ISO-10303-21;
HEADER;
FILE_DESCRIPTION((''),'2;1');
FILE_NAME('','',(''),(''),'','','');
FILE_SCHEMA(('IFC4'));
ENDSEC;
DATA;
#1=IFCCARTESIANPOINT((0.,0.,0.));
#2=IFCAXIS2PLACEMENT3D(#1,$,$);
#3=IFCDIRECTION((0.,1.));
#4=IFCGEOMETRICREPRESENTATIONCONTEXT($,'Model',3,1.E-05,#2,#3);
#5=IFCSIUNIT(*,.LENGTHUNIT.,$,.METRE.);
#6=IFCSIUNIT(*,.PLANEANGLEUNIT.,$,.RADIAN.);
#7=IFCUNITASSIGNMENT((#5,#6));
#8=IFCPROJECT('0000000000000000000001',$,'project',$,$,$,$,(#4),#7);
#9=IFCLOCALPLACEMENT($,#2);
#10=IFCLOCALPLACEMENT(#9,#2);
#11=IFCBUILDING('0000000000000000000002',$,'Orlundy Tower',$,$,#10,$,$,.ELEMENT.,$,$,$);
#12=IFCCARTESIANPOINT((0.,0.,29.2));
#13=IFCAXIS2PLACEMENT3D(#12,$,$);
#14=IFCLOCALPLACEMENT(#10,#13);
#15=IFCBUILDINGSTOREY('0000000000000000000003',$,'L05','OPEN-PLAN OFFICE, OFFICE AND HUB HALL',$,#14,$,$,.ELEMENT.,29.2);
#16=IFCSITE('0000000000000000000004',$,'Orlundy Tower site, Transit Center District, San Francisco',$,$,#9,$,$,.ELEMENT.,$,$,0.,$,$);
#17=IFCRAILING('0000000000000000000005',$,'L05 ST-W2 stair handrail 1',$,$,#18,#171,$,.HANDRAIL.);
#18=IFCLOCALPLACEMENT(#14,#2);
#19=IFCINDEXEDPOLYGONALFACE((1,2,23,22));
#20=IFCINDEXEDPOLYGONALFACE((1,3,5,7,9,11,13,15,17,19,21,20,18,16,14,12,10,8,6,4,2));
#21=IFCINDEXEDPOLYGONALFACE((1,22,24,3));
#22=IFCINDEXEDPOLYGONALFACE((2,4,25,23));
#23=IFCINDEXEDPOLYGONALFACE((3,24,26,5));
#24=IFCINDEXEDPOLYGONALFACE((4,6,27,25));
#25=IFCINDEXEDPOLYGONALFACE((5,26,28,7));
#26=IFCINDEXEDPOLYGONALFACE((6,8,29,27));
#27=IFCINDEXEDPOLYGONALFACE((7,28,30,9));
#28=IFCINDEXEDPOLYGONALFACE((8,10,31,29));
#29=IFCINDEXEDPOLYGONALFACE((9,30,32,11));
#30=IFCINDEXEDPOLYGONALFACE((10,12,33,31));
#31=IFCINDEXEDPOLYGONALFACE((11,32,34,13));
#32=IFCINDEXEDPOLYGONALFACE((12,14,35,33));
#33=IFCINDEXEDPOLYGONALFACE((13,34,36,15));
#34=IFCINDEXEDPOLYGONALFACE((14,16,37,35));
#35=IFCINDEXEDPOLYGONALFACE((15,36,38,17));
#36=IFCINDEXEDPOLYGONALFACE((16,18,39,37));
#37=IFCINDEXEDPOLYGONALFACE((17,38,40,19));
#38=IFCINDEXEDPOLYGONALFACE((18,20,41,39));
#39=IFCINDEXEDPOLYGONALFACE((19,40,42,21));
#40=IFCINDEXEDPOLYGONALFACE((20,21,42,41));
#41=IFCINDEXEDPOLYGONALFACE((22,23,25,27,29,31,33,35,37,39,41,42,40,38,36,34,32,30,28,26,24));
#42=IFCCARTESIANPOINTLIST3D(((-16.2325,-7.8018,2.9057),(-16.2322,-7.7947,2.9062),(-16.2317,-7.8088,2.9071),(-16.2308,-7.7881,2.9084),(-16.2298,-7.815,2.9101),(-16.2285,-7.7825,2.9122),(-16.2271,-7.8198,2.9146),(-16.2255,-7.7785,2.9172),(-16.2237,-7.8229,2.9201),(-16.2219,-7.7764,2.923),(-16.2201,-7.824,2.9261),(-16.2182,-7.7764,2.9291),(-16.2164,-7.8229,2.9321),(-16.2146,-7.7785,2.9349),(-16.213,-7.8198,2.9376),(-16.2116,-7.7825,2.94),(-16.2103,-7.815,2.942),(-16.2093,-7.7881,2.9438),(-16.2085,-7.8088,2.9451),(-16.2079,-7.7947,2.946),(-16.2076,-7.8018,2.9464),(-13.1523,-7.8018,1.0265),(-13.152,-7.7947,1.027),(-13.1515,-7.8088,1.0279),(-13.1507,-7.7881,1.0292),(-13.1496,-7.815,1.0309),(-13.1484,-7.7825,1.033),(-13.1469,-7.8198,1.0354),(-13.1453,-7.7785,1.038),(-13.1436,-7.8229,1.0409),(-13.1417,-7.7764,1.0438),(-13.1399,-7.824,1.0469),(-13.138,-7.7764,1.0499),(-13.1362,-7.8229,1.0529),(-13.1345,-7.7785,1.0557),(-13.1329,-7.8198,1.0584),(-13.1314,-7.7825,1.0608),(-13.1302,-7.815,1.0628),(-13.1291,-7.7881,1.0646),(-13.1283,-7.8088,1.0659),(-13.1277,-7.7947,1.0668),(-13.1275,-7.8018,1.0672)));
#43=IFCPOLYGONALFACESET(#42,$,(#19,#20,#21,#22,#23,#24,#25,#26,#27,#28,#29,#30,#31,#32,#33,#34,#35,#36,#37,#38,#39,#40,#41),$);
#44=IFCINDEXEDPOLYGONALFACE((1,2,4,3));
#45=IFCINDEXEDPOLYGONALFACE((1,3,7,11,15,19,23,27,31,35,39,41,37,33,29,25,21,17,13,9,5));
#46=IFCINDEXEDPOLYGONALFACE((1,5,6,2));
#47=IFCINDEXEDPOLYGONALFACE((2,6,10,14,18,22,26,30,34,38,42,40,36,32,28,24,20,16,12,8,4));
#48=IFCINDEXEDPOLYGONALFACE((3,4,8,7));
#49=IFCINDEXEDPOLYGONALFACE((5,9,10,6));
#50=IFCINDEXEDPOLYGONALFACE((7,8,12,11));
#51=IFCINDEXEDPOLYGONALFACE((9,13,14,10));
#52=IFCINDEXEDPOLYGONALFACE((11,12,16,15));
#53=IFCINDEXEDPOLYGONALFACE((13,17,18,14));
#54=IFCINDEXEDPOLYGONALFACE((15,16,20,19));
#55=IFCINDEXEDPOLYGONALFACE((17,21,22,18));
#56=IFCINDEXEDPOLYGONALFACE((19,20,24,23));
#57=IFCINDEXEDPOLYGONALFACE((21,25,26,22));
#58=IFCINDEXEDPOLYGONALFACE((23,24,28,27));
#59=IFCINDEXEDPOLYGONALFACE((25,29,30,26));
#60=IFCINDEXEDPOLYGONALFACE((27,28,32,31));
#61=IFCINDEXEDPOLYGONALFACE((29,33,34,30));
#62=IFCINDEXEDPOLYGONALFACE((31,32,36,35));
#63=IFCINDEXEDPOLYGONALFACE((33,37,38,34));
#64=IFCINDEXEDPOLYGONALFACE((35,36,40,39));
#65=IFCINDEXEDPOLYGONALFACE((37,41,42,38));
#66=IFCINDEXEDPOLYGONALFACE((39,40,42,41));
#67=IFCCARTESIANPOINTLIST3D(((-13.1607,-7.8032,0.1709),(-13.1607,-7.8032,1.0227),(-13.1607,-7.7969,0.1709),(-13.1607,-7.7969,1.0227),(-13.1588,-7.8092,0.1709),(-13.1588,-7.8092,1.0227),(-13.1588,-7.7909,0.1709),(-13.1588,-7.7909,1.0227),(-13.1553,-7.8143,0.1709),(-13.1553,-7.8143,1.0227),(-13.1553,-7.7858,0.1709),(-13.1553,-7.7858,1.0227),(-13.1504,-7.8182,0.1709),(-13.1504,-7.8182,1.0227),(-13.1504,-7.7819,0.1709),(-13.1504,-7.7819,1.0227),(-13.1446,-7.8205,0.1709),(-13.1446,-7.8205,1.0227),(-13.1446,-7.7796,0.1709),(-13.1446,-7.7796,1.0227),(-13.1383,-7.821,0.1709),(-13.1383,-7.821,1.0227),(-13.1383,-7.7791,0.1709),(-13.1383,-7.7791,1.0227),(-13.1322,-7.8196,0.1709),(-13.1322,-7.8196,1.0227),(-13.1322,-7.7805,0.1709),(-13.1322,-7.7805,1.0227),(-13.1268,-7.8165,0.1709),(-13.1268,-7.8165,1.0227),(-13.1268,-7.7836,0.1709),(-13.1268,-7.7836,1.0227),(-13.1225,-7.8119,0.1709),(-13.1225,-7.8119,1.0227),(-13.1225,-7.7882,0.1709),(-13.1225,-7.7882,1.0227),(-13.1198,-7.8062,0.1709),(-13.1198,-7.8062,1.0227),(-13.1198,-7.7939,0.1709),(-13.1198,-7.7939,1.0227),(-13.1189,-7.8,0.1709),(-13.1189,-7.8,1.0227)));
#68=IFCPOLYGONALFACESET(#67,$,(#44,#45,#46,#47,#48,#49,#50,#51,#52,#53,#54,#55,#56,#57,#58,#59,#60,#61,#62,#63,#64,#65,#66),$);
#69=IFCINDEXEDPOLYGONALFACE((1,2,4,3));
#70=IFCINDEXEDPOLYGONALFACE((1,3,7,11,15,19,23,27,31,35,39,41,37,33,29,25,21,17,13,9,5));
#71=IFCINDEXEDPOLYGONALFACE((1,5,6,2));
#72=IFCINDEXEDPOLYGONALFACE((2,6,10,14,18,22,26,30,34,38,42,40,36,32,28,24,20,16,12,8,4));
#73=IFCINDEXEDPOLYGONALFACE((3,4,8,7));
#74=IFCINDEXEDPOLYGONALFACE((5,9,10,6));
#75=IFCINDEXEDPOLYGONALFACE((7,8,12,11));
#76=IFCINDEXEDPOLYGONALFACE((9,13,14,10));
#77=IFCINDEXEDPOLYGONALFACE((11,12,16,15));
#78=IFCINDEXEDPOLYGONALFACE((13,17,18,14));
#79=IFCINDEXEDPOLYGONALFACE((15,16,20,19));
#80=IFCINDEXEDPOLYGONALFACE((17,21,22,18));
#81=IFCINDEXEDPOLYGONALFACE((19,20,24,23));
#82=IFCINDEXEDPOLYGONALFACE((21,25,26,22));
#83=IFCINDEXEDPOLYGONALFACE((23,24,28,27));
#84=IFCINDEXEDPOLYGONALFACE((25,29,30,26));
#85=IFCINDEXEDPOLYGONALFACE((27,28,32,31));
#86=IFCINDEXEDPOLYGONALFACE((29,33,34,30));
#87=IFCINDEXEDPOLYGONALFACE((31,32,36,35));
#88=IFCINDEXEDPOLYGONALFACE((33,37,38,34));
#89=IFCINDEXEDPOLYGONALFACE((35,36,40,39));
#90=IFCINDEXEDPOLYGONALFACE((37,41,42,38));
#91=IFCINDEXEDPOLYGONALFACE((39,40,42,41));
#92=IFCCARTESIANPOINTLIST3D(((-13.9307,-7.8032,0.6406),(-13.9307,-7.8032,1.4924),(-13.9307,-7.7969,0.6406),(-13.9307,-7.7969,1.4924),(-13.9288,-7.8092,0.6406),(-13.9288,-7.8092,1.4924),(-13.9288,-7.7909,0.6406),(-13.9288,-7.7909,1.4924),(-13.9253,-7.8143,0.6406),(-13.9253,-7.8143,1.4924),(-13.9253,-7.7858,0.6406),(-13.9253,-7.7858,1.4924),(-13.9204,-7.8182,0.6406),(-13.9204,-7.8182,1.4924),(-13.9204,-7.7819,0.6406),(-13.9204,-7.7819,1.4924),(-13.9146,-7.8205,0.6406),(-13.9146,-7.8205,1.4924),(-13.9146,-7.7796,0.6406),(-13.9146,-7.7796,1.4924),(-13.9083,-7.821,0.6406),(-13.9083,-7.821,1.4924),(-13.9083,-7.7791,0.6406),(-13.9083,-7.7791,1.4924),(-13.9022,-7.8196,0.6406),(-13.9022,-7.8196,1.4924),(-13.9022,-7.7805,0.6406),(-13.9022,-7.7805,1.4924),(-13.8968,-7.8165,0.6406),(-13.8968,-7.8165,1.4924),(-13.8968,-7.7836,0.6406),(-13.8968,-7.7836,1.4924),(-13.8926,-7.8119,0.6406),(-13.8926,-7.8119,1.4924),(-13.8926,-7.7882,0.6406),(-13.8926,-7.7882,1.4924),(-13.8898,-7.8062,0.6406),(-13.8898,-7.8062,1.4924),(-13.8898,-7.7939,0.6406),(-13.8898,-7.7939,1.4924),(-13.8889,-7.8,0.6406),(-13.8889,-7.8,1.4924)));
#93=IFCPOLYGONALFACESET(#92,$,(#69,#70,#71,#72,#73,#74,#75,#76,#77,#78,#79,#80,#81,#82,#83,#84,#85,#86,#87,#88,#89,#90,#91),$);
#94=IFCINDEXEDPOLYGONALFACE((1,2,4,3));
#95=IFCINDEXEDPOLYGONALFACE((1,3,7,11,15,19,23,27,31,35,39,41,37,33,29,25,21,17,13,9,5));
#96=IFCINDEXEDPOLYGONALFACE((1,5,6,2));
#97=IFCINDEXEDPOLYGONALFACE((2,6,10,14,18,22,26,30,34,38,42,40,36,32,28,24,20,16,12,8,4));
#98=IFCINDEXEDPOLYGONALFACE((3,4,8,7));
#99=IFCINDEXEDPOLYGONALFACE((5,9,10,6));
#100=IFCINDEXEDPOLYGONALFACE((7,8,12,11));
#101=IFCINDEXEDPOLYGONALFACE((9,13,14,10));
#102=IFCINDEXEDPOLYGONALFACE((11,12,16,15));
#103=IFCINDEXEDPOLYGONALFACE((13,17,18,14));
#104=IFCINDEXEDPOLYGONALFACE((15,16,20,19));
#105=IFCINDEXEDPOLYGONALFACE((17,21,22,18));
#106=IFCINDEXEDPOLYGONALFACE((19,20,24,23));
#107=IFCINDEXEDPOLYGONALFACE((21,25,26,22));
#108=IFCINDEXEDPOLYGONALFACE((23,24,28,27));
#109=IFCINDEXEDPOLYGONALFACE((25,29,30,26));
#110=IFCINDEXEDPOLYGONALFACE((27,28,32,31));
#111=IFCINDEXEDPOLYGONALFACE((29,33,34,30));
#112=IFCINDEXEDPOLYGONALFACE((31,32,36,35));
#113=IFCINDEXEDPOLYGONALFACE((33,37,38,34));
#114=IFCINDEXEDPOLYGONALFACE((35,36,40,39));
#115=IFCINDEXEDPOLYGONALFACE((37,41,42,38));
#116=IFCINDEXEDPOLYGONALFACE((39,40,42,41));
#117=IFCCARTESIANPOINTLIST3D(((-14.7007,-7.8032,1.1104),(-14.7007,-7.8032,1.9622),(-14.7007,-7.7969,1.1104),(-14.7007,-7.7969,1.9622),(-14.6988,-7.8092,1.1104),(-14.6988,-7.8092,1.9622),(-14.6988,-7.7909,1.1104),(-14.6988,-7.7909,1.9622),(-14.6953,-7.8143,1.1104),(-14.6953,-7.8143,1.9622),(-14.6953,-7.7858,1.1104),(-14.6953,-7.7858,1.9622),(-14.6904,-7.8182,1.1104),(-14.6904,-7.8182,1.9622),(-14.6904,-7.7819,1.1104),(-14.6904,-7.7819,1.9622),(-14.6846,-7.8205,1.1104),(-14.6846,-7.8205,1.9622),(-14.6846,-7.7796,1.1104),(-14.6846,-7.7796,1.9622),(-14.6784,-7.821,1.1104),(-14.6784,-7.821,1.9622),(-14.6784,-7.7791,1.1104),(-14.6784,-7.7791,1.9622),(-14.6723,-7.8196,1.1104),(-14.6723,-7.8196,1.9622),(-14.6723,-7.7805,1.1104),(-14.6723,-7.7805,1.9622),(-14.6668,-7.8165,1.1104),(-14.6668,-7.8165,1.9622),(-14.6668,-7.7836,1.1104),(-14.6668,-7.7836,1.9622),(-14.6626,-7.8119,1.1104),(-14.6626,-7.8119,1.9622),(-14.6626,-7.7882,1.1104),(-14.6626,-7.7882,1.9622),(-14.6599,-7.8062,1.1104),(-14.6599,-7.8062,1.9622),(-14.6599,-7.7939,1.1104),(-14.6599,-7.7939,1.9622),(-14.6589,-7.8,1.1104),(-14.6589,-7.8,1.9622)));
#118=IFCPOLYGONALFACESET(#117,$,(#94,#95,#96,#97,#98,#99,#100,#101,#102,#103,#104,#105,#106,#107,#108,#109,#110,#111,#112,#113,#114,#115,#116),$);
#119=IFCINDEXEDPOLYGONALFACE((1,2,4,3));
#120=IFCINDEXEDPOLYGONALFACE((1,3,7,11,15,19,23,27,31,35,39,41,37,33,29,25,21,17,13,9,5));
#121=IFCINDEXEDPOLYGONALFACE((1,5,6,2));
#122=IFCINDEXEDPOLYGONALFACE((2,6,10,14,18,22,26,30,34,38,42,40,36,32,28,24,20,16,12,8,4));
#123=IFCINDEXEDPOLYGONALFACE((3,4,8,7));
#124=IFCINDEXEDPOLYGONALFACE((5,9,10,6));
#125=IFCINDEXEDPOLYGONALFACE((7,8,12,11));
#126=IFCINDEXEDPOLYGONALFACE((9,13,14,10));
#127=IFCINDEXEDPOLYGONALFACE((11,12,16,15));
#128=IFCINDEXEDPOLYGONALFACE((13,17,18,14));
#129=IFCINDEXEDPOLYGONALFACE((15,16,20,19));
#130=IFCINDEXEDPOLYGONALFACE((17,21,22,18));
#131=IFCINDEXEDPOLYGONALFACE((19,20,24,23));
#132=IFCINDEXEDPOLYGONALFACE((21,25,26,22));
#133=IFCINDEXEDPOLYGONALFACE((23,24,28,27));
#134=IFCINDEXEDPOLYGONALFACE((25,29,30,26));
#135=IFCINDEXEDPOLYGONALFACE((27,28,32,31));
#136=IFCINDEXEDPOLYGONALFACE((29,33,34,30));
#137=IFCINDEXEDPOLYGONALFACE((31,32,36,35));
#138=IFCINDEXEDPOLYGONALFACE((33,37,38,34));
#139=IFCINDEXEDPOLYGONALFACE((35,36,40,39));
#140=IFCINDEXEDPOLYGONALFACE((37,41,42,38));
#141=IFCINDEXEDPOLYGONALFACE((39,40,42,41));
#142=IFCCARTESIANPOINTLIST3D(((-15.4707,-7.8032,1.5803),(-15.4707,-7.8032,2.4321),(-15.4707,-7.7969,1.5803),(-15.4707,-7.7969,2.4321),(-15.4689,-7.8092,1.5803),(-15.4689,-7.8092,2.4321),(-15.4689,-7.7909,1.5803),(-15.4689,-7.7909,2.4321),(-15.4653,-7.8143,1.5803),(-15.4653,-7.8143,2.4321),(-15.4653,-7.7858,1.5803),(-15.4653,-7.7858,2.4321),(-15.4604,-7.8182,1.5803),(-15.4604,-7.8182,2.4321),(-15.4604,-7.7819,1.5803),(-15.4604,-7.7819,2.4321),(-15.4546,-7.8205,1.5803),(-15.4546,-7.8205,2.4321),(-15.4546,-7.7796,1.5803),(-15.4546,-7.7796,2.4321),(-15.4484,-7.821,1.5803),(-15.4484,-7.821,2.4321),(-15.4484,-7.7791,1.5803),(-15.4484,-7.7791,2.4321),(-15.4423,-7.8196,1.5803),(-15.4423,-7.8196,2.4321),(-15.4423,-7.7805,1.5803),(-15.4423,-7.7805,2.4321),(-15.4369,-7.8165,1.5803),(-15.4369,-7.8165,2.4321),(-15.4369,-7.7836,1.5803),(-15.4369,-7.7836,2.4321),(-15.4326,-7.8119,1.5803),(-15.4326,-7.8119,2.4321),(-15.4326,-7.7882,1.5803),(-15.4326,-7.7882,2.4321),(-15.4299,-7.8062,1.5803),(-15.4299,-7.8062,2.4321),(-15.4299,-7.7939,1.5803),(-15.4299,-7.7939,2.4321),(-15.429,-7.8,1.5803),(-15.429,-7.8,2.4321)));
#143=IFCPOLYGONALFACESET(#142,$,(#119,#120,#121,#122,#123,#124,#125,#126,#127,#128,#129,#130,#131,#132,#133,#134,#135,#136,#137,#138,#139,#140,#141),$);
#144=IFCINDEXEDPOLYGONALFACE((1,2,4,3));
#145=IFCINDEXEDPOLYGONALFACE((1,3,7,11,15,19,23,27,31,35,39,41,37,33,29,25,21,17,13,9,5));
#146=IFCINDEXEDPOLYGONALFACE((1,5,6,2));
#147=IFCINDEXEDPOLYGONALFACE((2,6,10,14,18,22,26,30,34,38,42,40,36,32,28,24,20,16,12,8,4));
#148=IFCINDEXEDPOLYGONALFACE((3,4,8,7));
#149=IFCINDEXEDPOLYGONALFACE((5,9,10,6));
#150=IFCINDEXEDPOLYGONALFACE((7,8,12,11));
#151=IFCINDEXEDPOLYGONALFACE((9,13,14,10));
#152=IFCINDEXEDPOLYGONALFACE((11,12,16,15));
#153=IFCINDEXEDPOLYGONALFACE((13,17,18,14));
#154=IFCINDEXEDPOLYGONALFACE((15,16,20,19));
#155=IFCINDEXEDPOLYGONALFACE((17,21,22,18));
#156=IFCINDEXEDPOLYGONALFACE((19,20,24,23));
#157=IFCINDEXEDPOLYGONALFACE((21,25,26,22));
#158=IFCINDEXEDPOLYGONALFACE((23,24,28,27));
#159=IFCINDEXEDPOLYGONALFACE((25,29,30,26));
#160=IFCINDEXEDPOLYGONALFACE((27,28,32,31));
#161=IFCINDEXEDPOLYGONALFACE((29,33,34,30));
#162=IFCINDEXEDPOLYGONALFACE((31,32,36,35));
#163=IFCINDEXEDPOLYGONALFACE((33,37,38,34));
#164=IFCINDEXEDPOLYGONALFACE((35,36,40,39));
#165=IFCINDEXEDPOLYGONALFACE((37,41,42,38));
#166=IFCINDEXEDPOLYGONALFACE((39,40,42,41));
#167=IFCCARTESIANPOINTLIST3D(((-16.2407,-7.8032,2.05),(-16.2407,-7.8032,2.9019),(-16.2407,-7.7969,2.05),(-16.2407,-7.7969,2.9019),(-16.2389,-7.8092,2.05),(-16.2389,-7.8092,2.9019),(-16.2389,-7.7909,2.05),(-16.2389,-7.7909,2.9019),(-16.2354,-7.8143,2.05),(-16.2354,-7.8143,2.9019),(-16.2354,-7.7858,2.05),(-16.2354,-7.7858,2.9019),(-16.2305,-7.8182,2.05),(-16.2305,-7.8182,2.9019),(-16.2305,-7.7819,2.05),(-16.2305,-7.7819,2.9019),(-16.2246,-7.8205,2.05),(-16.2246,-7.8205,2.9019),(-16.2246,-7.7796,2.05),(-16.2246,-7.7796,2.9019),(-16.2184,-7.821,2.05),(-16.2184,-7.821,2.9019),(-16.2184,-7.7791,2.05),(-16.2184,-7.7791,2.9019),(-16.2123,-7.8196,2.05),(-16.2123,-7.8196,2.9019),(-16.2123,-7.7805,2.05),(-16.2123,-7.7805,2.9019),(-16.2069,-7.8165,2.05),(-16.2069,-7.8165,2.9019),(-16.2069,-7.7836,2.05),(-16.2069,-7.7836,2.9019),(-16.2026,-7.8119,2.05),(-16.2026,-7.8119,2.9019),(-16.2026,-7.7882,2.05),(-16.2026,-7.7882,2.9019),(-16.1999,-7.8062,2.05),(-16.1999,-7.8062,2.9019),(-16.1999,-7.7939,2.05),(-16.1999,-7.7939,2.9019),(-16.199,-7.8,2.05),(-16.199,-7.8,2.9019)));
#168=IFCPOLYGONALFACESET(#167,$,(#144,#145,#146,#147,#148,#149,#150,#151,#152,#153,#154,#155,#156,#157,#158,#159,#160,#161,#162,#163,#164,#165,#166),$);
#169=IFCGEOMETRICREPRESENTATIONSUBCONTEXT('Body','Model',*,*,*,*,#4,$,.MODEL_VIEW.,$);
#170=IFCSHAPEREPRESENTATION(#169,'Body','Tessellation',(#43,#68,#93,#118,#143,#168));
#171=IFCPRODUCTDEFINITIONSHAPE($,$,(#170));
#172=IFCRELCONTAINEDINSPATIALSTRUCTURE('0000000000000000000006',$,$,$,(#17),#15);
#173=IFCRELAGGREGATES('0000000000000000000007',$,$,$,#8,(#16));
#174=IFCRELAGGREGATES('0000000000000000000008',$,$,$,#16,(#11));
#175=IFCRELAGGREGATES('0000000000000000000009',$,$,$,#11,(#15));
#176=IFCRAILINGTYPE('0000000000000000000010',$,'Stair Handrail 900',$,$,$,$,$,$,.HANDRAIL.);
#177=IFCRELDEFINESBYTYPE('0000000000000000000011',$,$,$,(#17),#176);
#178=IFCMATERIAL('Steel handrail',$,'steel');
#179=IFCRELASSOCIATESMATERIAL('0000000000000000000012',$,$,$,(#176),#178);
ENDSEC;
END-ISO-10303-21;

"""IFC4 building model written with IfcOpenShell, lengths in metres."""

from ifc_helpers import new_model, si_unit, direction, frame, origin, origin_2d, place, context, subcontext, project, spatial, circle, extrude, material, type_object, element, save


model = new_model("IFC4")

# Units and contexts
model_context = context("Model", 3, precision=1e-05, world=origin(), true_north=direction((0.0, 1.0)))
body_context = subcontext(model_context, "Body", "Model", "MODEL_VIEW")
ifc_project = project(units=[si_unit("LENGTHUNIT", "METRE"), si_unit("PLANEANGLEUNIT", "RADIAN")], contexts=[model_context])

# Site, building, storey
site_placement = place(None, origin())
site = spatial("IfcSite", under=ifc_project, at=site_placement, Name="Orlundy Tower site, Transit Center District, San Francisco", CompositionType="ELEMENT", RefElevation=0.0)
building_placement = place(site_placement, origin())
building = spatial("IfcBuilding", under=site, at=building_placement, Name="Orlundy Tower", CompositionType="ELEMENT")
storey_placement = place(building_placement, frame((0.0, 0.0, 29.2)))
storey = spatial("IfcBuildingStorey", under=building, at=storey_placement, Name="L05", Description="OPEN-PLAN OFFICE, OFFICE AND HUB HALL", CompositionType="ELEMENT", Elevation=29.2)

# Railing
ifc_material_1 = material(Name="Steel handrail", Category="steel")
railing_type_1 = type_object("IfcRailingType", Name="Stair Handrail 900", PredefinedType="HANDRAIL", material=ifc_material_1)
railing_1_placement = place(storey_placement, frame((-13.1399, -7.8, 0.1709)))
element("IfcRailing", 1, at=railing_1_placement, inside=storey, type_object=railing_type_1, Name="L05 ST-W2 stair handrail 1", PredefinedType="HANDRAIL", context=body_context, shape_type="SweptSolid", body=[
    extrude(circle(Radius=0.0239, at=origin_2d()), frame((0.0, 0.0, 0.876), z_axis=(-0.853666, 0.0, 0.52082), x_axis=(0.0, -1.0, 0.0)), (0.0, 0.0, 1.0), 3.6082),
    extrude(circle(Radius=0.021, at=origin_2d()), origin(), (0.0, 0.0, 1.0), 0.8518),
    extrude(circle(Radius=0.021, at=origin_2d()), frame((-0.77, 0.0, 0.4697)), (0.0, 0.0, 1.0), 0.8518),
    extrude(circle(Radius=0.021, at=origin_2d()), frame((-1.54, 0.0, 0.9395)), (0.0, 0.0, 1.0), 0.8518),
    extrude(circle(Radius=0.021, at=origin_2d()), frame((-2.3101, 0.0, 1.4094)), (0.0, 0.0, 1.0), 0.8518),
    extrude(circle(Radius=0.021, at=origin_2d()), frame((-3.0801, 0.0, 1.8792)), (0.0, 0.0, 1.0), 0.8518),
])

save(model, "model.ifc")
